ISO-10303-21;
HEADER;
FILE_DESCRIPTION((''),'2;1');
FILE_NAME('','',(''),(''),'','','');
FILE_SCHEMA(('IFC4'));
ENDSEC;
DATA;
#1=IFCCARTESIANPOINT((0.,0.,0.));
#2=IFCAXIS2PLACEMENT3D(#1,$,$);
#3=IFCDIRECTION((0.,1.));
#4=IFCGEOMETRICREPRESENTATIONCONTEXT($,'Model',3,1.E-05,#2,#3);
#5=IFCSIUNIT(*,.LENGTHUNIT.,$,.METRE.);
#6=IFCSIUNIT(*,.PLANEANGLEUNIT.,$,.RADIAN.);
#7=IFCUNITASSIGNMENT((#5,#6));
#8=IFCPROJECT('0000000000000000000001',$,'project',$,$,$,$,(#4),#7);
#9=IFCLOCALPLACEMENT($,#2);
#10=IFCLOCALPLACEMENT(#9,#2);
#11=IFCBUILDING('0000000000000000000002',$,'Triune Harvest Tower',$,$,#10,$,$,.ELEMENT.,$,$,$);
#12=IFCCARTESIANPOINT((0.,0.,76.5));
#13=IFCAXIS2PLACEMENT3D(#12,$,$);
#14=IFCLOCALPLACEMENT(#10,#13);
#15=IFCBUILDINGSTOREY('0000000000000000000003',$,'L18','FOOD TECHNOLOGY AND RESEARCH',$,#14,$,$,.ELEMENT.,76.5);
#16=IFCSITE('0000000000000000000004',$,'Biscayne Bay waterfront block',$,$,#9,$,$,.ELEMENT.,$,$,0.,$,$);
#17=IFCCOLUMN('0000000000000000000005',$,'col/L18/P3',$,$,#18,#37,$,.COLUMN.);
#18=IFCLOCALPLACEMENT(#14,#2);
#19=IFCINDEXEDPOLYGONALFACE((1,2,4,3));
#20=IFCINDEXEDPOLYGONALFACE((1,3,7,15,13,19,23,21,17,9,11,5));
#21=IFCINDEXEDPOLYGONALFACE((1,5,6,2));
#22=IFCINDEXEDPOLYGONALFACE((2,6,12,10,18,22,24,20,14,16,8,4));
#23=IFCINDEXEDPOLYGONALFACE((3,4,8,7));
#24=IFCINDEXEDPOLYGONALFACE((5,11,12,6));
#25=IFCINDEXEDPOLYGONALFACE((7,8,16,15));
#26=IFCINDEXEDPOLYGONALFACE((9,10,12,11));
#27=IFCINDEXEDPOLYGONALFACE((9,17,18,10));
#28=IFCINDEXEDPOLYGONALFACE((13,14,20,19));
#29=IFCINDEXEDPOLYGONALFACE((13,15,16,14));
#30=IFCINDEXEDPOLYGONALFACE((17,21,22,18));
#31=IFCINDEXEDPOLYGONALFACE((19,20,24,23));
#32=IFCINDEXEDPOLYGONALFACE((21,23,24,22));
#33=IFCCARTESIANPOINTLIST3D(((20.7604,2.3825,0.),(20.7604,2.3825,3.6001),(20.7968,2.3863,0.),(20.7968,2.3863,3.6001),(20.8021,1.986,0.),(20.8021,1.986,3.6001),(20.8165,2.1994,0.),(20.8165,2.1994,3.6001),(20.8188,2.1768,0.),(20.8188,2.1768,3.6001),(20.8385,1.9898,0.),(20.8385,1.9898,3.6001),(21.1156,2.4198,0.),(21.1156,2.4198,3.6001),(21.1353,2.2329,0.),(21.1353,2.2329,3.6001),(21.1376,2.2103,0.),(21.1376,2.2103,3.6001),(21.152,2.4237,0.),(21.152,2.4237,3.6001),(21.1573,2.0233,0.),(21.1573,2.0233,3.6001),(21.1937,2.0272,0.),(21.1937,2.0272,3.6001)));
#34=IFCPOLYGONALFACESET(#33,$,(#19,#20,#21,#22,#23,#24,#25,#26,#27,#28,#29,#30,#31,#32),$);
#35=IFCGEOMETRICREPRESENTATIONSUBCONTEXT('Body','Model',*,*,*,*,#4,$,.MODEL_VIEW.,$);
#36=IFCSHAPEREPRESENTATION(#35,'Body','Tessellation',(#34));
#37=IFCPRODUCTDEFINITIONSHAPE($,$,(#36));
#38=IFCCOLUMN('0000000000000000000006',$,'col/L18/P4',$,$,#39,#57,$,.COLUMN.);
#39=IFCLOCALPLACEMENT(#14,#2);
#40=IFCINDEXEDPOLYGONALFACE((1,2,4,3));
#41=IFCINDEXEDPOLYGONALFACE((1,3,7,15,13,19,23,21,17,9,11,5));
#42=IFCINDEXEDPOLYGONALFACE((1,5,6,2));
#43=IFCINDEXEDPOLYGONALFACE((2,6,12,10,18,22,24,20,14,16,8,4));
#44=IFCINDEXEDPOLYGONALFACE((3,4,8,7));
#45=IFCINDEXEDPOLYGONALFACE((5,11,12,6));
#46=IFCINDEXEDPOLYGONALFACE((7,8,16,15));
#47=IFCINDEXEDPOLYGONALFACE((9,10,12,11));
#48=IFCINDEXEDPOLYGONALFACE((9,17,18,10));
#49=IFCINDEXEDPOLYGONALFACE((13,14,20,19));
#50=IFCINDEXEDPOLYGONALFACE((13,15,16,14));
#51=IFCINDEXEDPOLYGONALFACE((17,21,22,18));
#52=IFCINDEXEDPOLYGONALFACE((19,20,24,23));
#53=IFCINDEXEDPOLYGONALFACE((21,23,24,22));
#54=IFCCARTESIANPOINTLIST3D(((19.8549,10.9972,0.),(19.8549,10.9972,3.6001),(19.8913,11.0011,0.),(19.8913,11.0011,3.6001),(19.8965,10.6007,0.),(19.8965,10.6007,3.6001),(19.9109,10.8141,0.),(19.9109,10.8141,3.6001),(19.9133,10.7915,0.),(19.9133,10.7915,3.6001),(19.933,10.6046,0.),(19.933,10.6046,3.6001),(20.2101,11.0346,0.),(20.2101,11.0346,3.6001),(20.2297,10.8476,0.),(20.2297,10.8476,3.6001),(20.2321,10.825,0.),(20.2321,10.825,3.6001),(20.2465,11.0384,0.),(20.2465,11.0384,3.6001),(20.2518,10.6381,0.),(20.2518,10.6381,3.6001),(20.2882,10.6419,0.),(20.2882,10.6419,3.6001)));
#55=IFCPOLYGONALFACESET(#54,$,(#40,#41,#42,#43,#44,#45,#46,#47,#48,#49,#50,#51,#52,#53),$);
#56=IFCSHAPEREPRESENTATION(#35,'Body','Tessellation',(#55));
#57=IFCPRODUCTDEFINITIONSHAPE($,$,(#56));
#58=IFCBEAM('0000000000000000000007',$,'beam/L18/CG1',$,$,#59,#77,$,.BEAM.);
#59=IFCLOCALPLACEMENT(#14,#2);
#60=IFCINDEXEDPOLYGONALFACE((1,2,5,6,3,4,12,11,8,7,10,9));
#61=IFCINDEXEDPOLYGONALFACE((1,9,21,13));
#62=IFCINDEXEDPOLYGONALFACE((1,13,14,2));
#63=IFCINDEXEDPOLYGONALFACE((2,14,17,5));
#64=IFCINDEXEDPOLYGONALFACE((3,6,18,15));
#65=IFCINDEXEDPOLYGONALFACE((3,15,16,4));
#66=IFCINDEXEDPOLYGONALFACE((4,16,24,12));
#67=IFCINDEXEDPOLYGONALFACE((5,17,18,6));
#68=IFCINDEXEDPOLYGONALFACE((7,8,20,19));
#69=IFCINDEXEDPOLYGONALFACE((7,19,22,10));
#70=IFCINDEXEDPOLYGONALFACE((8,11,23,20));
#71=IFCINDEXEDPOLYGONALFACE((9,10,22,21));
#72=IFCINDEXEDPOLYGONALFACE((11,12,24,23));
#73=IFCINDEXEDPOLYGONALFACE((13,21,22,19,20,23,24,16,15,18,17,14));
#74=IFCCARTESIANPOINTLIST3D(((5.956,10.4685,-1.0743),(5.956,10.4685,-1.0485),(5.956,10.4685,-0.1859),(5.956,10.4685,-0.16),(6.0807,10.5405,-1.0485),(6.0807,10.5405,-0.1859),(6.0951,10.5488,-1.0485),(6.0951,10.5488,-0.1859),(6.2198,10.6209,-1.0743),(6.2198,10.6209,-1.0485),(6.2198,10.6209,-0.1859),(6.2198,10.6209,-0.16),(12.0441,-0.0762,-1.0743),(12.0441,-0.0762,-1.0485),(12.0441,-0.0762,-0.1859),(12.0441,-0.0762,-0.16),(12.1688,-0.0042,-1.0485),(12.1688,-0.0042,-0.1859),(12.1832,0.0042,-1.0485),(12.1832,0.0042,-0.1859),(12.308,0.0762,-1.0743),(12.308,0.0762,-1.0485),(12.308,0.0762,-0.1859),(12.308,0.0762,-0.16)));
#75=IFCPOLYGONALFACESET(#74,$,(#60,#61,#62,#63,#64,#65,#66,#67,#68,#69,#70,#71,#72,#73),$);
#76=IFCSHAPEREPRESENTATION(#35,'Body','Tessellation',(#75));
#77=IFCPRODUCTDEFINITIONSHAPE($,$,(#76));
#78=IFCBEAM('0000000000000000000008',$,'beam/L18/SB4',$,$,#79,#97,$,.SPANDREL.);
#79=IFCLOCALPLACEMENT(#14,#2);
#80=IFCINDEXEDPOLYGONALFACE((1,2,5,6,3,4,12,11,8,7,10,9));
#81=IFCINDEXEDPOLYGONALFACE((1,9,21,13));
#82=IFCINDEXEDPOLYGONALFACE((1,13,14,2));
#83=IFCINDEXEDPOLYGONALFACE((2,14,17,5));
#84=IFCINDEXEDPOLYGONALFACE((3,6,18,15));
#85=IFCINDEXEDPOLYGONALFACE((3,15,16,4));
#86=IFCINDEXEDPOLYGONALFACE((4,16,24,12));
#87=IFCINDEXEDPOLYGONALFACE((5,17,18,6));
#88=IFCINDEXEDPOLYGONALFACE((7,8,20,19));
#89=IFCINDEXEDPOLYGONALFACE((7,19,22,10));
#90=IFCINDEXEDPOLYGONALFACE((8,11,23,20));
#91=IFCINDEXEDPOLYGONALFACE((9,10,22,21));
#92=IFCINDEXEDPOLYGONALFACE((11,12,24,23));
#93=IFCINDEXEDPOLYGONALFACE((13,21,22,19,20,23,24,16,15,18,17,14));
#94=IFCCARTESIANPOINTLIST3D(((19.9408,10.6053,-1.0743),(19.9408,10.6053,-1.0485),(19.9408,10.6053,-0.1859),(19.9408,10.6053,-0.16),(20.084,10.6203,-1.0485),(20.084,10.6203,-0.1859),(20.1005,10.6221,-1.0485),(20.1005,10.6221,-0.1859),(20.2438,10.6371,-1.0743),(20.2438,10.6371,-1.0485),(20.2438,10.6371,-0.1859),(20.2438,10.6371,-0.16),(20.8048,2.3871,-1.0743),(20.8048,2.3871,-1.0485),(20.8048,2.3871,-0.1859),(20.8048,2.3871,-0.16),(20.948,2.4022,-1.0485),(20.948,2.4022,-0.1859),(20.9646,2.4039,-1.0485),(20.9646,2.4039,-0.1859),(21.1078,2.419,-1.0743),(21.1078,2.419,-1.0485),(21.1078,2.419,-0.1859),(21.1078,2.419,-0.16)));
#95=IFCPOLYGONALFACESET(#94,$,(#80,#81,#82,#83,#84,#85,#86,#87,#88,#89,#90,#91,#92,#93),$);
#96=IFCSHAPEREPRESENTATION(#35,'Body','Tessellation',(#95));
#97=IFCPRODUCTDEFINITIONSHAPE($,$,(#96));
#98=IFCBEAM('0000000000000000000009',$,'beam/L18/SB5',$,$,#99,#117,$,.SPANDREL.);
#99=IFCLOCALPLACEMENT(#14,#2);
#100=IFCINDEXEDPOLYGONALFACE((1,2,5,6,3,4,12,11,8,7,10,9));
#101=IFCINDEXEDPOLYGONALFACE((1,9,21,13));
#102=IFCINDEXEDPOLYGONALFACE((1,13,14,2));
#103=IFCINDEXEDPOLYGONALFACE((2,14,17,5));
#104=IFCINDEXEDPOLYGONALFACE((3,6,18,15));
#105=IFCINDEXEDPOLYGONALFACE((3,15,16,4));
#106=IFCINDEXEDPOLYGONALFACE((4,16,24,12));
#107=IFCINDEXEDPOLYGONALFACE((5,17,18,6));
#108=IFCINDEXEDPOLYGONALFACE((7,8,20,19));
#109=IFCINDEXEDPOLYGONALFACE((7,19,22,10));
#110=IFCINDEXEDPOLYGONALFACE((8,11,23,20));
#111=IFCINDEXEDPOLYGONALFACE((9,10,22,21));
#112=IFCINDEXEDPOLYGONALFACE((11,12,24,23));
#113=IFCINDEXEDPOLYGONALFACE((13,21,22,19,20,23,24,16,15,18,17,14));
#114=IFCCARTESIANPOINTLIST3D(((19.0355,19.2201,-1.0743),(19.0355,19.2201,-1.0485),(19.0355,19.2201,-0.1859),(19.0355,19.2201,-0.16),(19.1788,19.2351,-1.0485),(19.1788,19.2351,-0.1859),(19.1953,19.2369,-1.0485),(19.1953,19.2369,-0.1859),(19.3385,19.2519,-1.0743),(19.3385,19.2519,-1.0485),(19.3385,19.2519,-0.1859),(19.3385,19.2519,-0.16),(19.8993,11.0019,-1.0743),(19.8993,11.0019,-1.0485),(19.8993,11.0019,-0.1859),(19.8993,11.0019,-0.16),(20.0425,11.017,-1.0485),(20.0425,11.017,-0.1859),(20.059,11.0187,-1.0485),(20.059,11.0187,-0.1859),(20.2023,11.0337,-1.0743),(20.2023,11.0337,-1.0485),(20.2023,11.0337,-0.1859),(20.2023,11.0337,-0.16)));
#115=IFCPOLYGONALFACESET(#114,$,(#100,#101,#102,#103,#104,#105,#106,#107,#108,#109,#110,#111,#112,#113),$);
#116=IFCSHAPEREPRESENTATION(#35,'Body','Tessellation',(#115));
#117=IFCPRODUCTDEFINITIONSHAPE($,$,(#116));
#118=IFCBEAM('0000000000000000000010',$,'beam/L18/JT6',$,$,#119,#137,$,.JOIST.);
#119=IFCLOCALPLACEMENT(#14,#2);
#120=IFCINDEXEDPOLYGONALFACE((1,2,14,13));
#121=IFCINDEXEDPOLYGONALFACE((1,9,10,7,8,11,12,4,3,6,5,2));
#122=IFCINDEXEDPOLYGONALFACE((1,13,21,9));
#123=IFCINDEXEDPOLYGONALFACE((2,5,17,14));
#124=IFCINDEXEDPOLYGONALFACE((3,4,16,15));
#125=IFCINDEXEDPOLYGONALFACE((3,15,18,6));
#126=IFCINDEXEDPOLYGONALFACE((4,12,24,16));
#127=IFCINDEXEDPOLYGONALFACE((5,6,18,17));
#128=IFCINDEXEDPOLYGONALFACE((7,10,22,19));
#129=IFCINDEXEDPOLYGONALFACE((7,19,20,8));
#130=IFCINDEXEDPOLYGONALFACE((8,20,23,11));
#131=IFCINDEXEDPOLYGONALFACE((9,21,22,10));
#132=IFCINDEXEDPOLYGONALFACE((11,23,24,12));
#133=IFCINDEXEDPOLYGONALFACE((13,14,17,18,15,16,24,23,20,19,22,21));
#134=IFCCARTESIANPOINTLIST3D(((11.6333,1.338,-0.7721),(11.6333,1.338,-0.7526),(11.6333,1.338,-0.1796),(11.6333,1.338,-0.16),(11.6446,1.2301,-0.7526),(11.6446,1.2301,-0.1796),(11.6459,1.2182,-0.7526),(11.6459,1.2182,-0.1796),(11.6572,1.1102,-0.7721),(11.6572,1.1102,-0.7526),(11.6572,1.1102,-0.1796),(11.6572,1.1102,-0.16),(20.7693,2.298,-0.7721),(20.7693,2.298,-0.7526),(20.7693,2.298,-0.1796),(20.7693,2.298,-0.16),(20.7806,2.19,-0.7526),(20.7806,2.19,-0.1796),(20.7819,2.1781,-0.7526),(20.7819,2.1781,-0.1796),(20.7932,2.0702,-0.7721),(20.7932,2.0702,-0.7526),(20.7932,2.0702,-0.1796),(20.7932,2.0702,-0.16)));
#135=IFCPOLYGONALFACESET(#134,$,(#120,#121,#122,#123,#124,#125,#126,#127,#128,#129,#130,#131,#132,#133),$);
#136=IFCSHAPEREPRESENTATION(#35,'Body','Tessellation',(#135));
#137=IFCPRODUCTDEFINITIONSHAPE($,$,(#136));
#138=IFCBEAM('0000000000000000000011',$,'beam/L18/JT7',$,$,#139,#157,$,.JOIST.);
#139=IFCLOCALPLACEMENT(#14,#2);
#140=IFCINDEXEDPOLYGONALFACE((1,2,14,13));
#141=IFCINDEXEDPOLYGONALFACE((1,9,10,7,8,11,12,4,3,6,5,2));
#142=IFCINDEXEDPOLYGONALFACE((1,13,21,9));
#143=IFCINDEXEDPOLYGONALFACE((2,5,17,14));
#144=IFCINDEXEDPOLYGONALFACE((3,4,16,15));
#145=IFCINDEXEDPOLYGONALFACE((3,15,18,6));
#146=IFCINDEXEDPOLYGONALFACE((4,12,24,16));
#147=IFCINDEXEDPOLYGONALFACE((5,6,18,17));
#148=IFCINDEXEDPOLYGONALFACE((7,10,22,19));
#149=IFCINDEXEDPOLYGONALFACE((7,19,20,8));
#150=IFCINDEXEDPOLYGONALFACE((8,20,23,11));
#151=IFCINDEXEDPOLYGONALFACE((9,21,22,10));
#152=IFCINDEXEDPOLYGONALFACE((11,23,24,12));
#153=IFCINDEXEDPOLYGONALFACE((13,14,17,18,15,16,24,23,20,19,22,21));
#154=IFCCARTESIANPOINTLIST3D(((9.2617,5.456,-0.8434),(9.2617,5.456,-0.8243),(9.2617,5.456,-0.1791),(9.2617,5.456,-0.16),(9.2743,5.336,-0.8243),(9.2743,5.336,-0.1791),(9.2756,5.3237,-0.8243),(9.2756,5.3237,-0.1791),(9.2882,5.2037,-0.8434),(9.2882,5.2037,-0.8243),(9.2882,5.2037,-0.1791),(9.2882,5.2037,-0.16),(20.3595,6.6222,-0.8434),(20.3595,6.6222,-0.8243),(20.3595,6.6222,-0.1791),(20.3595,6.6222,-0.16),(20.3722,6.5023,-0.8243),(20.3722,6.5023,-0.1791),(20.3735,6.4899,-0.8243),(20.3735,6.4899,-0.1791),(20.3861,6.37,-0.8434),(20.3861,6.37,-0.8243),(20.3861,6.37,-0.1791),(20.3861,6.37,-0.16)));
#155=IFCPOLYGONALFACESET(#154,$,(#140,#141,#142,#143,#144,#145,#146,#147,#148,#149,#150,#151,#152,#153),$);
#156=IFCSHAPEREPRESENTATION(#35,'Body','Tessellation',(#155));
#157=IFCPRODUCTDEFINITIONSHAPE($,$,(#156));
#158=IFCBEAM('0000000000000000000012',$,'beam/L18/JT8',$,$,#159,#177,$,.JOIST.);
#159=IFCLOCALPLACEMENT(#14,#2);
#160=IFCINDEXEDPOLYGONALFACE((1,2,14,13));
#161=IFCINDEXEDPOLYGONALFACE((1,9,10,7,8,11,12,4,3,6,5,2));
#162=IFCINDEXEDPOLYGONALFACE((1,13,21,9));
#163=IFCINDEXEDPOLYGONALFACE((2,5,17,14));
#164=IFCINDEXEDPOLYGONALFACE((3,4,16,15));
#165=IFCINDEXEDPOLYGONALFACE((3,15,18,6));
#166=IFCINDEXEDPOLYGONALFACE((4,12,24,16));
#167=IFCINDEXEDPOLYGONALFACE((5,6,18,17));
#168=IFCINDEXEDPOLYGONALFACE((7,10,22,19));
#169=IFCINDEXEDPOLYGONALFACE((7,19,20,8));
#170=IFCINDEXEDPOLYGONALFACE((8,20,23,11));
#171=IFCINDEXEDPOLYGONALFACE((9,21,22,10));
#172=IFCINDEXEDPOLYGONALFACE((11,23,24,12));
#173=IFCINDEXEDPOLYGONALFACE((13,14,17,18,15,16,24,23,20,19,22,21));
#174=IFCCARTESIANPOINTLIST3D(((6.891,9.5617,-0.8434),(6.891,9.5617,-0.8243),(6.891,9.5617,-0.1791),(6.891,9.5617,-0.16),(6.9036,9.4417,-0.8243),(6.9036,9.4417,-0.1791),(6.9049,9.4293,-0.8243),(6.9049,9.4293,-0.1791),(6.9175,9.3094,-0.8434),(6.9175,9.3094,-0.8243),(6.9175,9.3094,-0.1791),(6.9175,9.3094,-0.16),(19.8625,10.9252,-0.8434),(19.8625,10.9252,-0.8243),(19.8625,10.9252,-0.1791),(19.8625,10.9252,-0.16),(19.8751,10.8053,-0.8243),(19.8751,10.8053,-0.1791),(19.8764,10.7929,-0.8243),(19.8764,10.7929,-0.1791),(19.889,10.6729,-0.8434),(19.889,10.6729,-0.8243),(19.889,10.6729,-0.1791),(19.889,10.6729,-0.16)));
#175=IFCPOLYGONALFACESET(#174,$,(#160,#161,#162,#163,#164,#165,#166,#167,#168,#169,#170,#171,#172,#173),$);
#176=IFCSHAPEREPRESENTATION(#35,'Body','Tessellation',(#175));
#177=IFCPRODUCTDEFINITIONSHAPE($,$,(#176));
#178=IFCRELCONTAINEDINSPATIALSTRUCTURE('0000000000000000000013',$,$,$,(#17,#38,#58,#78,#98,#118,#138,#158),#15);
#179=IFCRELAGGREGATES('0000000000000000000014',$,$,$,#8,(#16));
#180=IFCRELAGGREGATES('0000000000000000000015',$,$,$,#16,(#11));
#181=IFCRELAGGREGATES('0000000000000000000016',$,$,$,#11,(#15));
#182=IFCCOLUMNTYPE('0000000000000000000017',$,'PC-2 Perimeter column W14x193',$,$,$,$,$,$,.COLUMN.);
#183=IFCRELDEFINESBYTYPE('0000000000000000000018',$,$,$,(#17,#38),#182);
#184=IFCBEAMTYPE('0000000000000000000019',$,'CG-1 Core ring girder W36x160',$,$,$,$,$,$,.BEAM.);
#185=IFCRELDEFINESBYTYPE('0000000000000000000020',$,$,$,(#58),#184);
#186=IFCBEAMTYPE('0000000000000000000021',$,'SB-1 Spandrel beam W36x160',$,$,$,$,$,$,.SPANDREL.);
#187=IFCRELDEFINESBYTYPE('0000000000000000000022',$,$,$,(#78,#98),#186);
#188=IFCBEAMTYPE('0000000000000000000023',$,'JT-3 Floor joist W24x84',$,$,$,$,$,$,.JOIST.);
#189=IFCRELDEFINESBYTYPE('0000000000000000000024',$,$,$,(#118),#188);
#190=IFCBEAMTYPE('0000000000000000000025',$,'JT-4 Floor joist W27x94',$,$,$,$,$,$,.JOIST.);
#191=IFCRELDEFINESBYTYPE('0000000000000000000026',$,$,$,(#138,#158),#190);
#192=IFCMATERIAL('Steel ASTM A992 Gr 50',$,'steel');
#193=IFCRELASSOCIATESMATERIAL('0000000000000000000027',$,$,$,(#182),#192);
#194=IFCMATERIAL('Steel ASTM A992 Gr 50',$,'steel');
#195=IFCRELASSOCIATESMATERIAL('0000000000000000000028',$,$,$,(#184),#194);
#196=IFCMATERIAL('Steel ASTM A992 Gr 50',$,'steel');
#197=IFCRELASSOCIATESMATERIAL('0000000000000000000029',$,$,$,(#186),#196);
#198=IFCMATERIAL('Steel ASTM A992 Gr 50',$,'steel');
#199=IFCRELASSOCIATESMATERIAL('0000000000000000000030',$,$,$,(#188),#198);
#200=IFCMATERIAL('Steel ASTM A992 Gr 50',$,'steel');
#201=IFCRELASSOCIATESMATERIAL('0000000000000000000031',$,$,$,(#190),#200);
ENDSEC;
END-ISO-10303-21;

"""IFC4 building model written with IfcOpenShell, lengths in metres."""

from ifc_helpers import new_model, si_unit, direction, frame, origin, origin_2d, place, context, subcontext, project, spatial, i_section, extrude, source, transform, mapped, material, material_profile, profile_set, type_object, element, save


model = new_model("IFC4")

# Units and contexts
model_context = context("Model", 3, precision=1e-05, world=origin(), true_north=direction((0.0, 1.0)))
body_context = subcontext(model_context, "Body", "Model", "MODEL_VIEW")
ifc_project = project(units=[si_unit("LENGTHUNIT", "METRE"), si_unit("PLANEANGLEUNIT", "RADIAN")], contexts=[model_context])

# Site, building, storey
site_placement = place(None, origin())
site = spatial("IfcSite", under=ifc_project, at=site_placement, Name="Biscayne Bay waterfront block", CompositionType="ELEMENT", RefElevation=0.0)
building_placement = place(site_placement, origin())
building = spatial("IfcBuilding", under=site, at=building_placement, Name="Triune Harvest Tower", CompositionType="ELEMENT")
storey_placement = place(building_placement, frame((0.0, 0.0, 76.5)))
storey = spatial("IfcBuildingStorey", under=building, at=storey_placement, Name="L18", Description="FOOD TECHNOLOGY AND RESEARCH", CompositionType="ELEMENT", Elevation=76.5)

# Columns
ifc_material_1 = material(Name="Steel ASTM A992 Gr 50", Category="steel")
ifc_material_profile_1 = material_profile(ifc_material_1, i_section(OverallWidth=0.3987, OverallDepth=0.3938, WebThickness=0.0227, FlangeThickness=0.0366, at=origin_2d()), Name="W14x193")
ifc_profile_set_1 = profile_set([ifc_material_profile_1], Name="Steel ASTM A992 Gr 50")
column_type = type_object("IfcColumnType", Name="PC-2 Perimeter column W14x193", PredefinedType="COLUMN", material=ifc_profile_set_1)
shared_shape_1 = source(origin(), body_context, "Body", "SweptSolid", [
    extrude(i_section(OverallWidth=0.3987, OverallDepth=0.3938, WebThickness=0.0227, FlangeThickness=0.0366, at=origin_2d()), origin(), (0.0, 0.0, 1.0), 3.6001),
])
for number, where, z_axis, x_axis, name in (
    (1, (20.9771, 2.2048, 0.0), (0.0, 0.0, 1.0), (-0.104527, 0.994522, 0.0), "col/L18/P3"),
    (2, (20.0715, 10.8196, 0.0), (0.0, 0.0, 1.0), (-0.104527, 0.994522, 0.0), "col/L18/P4"),
):
    element("IfcColumn", number, at=place(storey_placement, frame(where, z_axis=z_axis, x_axis=x_axis)), inside=storey, type_object=column_type, Name=name, PredefinedType="COLUMN", context=body_context, shape_type="MappedRepresentation", body=[
        mapped(shared_shape_1, transform((0.0, 0.0, 0.0), scale=1.0)),
    ])

# Beams
ifc_material_2 = material(Name="Steel ASTM A992 Gr 50", Category="steel")
ifc_material_profile_2 = material_profile(ifc_material_2, i_section(OverallWidth=0.3047, OverallDepth=0.9143, WebThickness=0.0166, FlangeThickness=0.0259, at=origin_2d()), Name="W36x160")
ifc_profile_set_2 = profile_set([ifc_material_profile_2], Name="Steel ASTM A992 Gr 50")
beam_type_1 = type_object("IfcBeamType", Name="CG-1 Core ring girder W36x160", PredefinedType="BEAM", material=ifc_profile_set_2)
shared_shape_2 = source(origin(), body_context, "Body", "SweptSolid", [
    extrude(i_section(OverallWidth=0.3047, OverallDepth=0.9143, WebThickness=0.0166, FlangeThickness=0.0259, at=origin_2d()), origin(), (0.0, 0.0, 1.0), 12.176),
])
beam_1_placement = place(storey_placement, frame((12.176, 0.0, -0.6172), z_axis=(-0.50001, 0.86602, 0.0), x_axis=(-0.86602, -0.50001, 0.0)))
element("IfcBeam", 3, at=beam_1_placement, inside=storey, type_object=beam_type_1, Name="beam/L18/CG1", PredefinedType="BEAM", context=body_context, shape_type="MappedRepresentation", body=[
    mapped(shared_shape_2, transform((0.0, 0.0, 0.0), scale=1.0)),
])
ifc_material_3 = material(Name="Steel ASTM A992 Gr 50", Category="steel")
ifc_material_profile_3 = material_profile(ifc_material_3, i_section(OverallWidth=0.3047, OverallDepth=0.9143, WebThickness=0.0166, FlangeThickness=0.0259, at=origin_2d()), Name="W36x160")
ifc_profile_set_3 = profile_set([ifc_material_profile_3], Name="Steel ASTM A992 Gr 50")
beam_type_2 = type_object("IfcBeamType", Name="SB-1 Spandrel beam W36x160", PredefinedType="SPANDREL", material=ifc_profile_set_3)
shared_shape_3 = source(origin(), body_context, "Body", "SweptSolid", [
    extrude(i_section(OverallWidth=0.3047, OverallDepth=0.9143, WebThickness=0.0166, FlangeThickness=0.0259, at=origin_2d()), origin(), (0.0, 0.0, 1.0), 8.2634),
])
for number, where, z_axis, x_axis, name in (
    (4, (20.9563, 2.4031, -0.6172), (-0.10456, 0.994519, 0.0), (-0.994519, -0.10456, 0.0), "beam/L18/SB4"),
    (5, (20.0508, 11.0178, -0.6172), (-0.104528, 0.994522, 0.0), (-0.994522, -0.104528, 0.0), "beam/L18/SB5"),
):
    element("IfcBeam", number, at=place(storey_placement, frame(where, z_axis=z_axis, x_axis=x_axis)), inside=storey, type_object=beam_type_2, Name=name, PredefinedType="SPANDREL", context=body_context, shape_type="MappedRepresentation", body=[
        mapped(shared_shape_3, transform((0.0, 0.0, 0.0), scale=1.0)),
    ])
ifc_material_4 = material(Name="Steel ASTM A992 Gr 50", Category="steel")
ifc_material_profile_4 = material_profile(ifc_material_4, i_section(OverallWidth=0.229, OverallDepth=0.6121, WebThickness=0.012, FlangeThickness=0.0195, at=origin_2d()), Name="W24x84")
ifc_profile_set_4 = profile_set([ifc_material_profile_4], Name="Steel ASTM A992 Gr 50")
beam_type_3 = type_object("IfcBeamType", Name="JT-3 Floor joist W24x84", PredefinedType="JOIST", material=ifc_profile_set_4)
shared_shape_4 = source(origin(), body_context, "Body", "SweptSolid", [
    extrude(i_section(OverallWidth=0.229, OverallDepth=0.6121, WebThickness=0.012, FlangeThickness=0.0195, at=origin_2d()), origin(), (0.0, 0.0, 1.0), 9.1863),
])
beam_2_placement = place(storey_placement, frame((20.7812, 2.1841, -0.4661), z_axis=(-0.994525, -0.104499, 0.0), x_axis=(0.104499, -0.994525, 0.0)))
element("IfcBeam", 6, at=beam_2_placement, inside=storey, type_object=beam_type_3, Name="beam/L18/JT6", PredefinedType="JOIST", context=body_context, shape_type="MappedRepresentation", body=[
    mapped(shared_shape_4, transform((0.0, 0.0, 0.0), scale=1.0)),
])
ifc_material_5 = material(Name="Steel ASTM A992 Gr 50", Category="steel")
ifc_material_profile_5 = material_profile(ifc_material_5, i_section(OverallWidth=0.2537, OverallDepth=0.6833, WebThickness=0.0125, FlangeThickness=0.019, at=origin_2d()), Name="W27x94")
ifc_profile_set_5 = profile_set([ifc_material_profile_5], Name="Steel ASTM A992 Gr 50")
beam_type_4 = type_object("IfcBeamType", Name="JT-4 Floor joist W27x94", PredefinedType="JOIST", material=ifc_profile_set_5)
shared_shape_5 = source(origin(), body_context, "Body", "SweptSolid", [
    extrude(i_section(OverallWidth=0.2537, OverallDepth=0.6833, WebThickness=0.0125, FlangeThickness=0.019, at=origin_2d()), origin(), (0.0, 0.0, 1.0), 11.1589),
])
beam_3_placement = place(storey_placement, frame((20.3728, 6.4961, -0.5017), z_axis=(-0.994524, -0.104513, 0.0), x_axis=(0.104513, -0.994524, 0.0)))
element("IfcBeam", 7, at=beam_3_placement, inside=storey, type_object=beam_type_4, Name="beam/L18/JT7", PredefinedType="JOIST", context=body_context, shape_type="MappedRepresentation", body=[
    mapped(shared_shape_5, transform((0.0, 0.0, 0.0), scale=1.0)),
])
shared_shape_6 = source(origin(), body_context, "Body", "SweptSolid", [
    extrude(i_section(OverallWidth=0.2537, OverallDepth=0.6833, WebThickness=0.0125, FlangeThickness=0.019, at=origin_2d()), origin(), (0.0, 0.0, 1.0), 13.043),
])
beam_4_placement = place(storey_placement, frame((19.8757, 10.7991, -0.5017), z_axis=(-0.994521, -0.104542, 0.0), x_axis=(0.104542, -0.994521, 0.0)))
element("IfcBeam", 8, at=beam_4_placement, inside=storey, type_object=beam_type_4, Name="beam/L18/JT8", PredefinedType="JOIST", context=body_context, shape_type="MappedRepresentation", body=[
    mapped(shared_shape_6, transform((0.0, 0.0, 0.0), scale=1.0)),
])

save(model, "model.ifc")
